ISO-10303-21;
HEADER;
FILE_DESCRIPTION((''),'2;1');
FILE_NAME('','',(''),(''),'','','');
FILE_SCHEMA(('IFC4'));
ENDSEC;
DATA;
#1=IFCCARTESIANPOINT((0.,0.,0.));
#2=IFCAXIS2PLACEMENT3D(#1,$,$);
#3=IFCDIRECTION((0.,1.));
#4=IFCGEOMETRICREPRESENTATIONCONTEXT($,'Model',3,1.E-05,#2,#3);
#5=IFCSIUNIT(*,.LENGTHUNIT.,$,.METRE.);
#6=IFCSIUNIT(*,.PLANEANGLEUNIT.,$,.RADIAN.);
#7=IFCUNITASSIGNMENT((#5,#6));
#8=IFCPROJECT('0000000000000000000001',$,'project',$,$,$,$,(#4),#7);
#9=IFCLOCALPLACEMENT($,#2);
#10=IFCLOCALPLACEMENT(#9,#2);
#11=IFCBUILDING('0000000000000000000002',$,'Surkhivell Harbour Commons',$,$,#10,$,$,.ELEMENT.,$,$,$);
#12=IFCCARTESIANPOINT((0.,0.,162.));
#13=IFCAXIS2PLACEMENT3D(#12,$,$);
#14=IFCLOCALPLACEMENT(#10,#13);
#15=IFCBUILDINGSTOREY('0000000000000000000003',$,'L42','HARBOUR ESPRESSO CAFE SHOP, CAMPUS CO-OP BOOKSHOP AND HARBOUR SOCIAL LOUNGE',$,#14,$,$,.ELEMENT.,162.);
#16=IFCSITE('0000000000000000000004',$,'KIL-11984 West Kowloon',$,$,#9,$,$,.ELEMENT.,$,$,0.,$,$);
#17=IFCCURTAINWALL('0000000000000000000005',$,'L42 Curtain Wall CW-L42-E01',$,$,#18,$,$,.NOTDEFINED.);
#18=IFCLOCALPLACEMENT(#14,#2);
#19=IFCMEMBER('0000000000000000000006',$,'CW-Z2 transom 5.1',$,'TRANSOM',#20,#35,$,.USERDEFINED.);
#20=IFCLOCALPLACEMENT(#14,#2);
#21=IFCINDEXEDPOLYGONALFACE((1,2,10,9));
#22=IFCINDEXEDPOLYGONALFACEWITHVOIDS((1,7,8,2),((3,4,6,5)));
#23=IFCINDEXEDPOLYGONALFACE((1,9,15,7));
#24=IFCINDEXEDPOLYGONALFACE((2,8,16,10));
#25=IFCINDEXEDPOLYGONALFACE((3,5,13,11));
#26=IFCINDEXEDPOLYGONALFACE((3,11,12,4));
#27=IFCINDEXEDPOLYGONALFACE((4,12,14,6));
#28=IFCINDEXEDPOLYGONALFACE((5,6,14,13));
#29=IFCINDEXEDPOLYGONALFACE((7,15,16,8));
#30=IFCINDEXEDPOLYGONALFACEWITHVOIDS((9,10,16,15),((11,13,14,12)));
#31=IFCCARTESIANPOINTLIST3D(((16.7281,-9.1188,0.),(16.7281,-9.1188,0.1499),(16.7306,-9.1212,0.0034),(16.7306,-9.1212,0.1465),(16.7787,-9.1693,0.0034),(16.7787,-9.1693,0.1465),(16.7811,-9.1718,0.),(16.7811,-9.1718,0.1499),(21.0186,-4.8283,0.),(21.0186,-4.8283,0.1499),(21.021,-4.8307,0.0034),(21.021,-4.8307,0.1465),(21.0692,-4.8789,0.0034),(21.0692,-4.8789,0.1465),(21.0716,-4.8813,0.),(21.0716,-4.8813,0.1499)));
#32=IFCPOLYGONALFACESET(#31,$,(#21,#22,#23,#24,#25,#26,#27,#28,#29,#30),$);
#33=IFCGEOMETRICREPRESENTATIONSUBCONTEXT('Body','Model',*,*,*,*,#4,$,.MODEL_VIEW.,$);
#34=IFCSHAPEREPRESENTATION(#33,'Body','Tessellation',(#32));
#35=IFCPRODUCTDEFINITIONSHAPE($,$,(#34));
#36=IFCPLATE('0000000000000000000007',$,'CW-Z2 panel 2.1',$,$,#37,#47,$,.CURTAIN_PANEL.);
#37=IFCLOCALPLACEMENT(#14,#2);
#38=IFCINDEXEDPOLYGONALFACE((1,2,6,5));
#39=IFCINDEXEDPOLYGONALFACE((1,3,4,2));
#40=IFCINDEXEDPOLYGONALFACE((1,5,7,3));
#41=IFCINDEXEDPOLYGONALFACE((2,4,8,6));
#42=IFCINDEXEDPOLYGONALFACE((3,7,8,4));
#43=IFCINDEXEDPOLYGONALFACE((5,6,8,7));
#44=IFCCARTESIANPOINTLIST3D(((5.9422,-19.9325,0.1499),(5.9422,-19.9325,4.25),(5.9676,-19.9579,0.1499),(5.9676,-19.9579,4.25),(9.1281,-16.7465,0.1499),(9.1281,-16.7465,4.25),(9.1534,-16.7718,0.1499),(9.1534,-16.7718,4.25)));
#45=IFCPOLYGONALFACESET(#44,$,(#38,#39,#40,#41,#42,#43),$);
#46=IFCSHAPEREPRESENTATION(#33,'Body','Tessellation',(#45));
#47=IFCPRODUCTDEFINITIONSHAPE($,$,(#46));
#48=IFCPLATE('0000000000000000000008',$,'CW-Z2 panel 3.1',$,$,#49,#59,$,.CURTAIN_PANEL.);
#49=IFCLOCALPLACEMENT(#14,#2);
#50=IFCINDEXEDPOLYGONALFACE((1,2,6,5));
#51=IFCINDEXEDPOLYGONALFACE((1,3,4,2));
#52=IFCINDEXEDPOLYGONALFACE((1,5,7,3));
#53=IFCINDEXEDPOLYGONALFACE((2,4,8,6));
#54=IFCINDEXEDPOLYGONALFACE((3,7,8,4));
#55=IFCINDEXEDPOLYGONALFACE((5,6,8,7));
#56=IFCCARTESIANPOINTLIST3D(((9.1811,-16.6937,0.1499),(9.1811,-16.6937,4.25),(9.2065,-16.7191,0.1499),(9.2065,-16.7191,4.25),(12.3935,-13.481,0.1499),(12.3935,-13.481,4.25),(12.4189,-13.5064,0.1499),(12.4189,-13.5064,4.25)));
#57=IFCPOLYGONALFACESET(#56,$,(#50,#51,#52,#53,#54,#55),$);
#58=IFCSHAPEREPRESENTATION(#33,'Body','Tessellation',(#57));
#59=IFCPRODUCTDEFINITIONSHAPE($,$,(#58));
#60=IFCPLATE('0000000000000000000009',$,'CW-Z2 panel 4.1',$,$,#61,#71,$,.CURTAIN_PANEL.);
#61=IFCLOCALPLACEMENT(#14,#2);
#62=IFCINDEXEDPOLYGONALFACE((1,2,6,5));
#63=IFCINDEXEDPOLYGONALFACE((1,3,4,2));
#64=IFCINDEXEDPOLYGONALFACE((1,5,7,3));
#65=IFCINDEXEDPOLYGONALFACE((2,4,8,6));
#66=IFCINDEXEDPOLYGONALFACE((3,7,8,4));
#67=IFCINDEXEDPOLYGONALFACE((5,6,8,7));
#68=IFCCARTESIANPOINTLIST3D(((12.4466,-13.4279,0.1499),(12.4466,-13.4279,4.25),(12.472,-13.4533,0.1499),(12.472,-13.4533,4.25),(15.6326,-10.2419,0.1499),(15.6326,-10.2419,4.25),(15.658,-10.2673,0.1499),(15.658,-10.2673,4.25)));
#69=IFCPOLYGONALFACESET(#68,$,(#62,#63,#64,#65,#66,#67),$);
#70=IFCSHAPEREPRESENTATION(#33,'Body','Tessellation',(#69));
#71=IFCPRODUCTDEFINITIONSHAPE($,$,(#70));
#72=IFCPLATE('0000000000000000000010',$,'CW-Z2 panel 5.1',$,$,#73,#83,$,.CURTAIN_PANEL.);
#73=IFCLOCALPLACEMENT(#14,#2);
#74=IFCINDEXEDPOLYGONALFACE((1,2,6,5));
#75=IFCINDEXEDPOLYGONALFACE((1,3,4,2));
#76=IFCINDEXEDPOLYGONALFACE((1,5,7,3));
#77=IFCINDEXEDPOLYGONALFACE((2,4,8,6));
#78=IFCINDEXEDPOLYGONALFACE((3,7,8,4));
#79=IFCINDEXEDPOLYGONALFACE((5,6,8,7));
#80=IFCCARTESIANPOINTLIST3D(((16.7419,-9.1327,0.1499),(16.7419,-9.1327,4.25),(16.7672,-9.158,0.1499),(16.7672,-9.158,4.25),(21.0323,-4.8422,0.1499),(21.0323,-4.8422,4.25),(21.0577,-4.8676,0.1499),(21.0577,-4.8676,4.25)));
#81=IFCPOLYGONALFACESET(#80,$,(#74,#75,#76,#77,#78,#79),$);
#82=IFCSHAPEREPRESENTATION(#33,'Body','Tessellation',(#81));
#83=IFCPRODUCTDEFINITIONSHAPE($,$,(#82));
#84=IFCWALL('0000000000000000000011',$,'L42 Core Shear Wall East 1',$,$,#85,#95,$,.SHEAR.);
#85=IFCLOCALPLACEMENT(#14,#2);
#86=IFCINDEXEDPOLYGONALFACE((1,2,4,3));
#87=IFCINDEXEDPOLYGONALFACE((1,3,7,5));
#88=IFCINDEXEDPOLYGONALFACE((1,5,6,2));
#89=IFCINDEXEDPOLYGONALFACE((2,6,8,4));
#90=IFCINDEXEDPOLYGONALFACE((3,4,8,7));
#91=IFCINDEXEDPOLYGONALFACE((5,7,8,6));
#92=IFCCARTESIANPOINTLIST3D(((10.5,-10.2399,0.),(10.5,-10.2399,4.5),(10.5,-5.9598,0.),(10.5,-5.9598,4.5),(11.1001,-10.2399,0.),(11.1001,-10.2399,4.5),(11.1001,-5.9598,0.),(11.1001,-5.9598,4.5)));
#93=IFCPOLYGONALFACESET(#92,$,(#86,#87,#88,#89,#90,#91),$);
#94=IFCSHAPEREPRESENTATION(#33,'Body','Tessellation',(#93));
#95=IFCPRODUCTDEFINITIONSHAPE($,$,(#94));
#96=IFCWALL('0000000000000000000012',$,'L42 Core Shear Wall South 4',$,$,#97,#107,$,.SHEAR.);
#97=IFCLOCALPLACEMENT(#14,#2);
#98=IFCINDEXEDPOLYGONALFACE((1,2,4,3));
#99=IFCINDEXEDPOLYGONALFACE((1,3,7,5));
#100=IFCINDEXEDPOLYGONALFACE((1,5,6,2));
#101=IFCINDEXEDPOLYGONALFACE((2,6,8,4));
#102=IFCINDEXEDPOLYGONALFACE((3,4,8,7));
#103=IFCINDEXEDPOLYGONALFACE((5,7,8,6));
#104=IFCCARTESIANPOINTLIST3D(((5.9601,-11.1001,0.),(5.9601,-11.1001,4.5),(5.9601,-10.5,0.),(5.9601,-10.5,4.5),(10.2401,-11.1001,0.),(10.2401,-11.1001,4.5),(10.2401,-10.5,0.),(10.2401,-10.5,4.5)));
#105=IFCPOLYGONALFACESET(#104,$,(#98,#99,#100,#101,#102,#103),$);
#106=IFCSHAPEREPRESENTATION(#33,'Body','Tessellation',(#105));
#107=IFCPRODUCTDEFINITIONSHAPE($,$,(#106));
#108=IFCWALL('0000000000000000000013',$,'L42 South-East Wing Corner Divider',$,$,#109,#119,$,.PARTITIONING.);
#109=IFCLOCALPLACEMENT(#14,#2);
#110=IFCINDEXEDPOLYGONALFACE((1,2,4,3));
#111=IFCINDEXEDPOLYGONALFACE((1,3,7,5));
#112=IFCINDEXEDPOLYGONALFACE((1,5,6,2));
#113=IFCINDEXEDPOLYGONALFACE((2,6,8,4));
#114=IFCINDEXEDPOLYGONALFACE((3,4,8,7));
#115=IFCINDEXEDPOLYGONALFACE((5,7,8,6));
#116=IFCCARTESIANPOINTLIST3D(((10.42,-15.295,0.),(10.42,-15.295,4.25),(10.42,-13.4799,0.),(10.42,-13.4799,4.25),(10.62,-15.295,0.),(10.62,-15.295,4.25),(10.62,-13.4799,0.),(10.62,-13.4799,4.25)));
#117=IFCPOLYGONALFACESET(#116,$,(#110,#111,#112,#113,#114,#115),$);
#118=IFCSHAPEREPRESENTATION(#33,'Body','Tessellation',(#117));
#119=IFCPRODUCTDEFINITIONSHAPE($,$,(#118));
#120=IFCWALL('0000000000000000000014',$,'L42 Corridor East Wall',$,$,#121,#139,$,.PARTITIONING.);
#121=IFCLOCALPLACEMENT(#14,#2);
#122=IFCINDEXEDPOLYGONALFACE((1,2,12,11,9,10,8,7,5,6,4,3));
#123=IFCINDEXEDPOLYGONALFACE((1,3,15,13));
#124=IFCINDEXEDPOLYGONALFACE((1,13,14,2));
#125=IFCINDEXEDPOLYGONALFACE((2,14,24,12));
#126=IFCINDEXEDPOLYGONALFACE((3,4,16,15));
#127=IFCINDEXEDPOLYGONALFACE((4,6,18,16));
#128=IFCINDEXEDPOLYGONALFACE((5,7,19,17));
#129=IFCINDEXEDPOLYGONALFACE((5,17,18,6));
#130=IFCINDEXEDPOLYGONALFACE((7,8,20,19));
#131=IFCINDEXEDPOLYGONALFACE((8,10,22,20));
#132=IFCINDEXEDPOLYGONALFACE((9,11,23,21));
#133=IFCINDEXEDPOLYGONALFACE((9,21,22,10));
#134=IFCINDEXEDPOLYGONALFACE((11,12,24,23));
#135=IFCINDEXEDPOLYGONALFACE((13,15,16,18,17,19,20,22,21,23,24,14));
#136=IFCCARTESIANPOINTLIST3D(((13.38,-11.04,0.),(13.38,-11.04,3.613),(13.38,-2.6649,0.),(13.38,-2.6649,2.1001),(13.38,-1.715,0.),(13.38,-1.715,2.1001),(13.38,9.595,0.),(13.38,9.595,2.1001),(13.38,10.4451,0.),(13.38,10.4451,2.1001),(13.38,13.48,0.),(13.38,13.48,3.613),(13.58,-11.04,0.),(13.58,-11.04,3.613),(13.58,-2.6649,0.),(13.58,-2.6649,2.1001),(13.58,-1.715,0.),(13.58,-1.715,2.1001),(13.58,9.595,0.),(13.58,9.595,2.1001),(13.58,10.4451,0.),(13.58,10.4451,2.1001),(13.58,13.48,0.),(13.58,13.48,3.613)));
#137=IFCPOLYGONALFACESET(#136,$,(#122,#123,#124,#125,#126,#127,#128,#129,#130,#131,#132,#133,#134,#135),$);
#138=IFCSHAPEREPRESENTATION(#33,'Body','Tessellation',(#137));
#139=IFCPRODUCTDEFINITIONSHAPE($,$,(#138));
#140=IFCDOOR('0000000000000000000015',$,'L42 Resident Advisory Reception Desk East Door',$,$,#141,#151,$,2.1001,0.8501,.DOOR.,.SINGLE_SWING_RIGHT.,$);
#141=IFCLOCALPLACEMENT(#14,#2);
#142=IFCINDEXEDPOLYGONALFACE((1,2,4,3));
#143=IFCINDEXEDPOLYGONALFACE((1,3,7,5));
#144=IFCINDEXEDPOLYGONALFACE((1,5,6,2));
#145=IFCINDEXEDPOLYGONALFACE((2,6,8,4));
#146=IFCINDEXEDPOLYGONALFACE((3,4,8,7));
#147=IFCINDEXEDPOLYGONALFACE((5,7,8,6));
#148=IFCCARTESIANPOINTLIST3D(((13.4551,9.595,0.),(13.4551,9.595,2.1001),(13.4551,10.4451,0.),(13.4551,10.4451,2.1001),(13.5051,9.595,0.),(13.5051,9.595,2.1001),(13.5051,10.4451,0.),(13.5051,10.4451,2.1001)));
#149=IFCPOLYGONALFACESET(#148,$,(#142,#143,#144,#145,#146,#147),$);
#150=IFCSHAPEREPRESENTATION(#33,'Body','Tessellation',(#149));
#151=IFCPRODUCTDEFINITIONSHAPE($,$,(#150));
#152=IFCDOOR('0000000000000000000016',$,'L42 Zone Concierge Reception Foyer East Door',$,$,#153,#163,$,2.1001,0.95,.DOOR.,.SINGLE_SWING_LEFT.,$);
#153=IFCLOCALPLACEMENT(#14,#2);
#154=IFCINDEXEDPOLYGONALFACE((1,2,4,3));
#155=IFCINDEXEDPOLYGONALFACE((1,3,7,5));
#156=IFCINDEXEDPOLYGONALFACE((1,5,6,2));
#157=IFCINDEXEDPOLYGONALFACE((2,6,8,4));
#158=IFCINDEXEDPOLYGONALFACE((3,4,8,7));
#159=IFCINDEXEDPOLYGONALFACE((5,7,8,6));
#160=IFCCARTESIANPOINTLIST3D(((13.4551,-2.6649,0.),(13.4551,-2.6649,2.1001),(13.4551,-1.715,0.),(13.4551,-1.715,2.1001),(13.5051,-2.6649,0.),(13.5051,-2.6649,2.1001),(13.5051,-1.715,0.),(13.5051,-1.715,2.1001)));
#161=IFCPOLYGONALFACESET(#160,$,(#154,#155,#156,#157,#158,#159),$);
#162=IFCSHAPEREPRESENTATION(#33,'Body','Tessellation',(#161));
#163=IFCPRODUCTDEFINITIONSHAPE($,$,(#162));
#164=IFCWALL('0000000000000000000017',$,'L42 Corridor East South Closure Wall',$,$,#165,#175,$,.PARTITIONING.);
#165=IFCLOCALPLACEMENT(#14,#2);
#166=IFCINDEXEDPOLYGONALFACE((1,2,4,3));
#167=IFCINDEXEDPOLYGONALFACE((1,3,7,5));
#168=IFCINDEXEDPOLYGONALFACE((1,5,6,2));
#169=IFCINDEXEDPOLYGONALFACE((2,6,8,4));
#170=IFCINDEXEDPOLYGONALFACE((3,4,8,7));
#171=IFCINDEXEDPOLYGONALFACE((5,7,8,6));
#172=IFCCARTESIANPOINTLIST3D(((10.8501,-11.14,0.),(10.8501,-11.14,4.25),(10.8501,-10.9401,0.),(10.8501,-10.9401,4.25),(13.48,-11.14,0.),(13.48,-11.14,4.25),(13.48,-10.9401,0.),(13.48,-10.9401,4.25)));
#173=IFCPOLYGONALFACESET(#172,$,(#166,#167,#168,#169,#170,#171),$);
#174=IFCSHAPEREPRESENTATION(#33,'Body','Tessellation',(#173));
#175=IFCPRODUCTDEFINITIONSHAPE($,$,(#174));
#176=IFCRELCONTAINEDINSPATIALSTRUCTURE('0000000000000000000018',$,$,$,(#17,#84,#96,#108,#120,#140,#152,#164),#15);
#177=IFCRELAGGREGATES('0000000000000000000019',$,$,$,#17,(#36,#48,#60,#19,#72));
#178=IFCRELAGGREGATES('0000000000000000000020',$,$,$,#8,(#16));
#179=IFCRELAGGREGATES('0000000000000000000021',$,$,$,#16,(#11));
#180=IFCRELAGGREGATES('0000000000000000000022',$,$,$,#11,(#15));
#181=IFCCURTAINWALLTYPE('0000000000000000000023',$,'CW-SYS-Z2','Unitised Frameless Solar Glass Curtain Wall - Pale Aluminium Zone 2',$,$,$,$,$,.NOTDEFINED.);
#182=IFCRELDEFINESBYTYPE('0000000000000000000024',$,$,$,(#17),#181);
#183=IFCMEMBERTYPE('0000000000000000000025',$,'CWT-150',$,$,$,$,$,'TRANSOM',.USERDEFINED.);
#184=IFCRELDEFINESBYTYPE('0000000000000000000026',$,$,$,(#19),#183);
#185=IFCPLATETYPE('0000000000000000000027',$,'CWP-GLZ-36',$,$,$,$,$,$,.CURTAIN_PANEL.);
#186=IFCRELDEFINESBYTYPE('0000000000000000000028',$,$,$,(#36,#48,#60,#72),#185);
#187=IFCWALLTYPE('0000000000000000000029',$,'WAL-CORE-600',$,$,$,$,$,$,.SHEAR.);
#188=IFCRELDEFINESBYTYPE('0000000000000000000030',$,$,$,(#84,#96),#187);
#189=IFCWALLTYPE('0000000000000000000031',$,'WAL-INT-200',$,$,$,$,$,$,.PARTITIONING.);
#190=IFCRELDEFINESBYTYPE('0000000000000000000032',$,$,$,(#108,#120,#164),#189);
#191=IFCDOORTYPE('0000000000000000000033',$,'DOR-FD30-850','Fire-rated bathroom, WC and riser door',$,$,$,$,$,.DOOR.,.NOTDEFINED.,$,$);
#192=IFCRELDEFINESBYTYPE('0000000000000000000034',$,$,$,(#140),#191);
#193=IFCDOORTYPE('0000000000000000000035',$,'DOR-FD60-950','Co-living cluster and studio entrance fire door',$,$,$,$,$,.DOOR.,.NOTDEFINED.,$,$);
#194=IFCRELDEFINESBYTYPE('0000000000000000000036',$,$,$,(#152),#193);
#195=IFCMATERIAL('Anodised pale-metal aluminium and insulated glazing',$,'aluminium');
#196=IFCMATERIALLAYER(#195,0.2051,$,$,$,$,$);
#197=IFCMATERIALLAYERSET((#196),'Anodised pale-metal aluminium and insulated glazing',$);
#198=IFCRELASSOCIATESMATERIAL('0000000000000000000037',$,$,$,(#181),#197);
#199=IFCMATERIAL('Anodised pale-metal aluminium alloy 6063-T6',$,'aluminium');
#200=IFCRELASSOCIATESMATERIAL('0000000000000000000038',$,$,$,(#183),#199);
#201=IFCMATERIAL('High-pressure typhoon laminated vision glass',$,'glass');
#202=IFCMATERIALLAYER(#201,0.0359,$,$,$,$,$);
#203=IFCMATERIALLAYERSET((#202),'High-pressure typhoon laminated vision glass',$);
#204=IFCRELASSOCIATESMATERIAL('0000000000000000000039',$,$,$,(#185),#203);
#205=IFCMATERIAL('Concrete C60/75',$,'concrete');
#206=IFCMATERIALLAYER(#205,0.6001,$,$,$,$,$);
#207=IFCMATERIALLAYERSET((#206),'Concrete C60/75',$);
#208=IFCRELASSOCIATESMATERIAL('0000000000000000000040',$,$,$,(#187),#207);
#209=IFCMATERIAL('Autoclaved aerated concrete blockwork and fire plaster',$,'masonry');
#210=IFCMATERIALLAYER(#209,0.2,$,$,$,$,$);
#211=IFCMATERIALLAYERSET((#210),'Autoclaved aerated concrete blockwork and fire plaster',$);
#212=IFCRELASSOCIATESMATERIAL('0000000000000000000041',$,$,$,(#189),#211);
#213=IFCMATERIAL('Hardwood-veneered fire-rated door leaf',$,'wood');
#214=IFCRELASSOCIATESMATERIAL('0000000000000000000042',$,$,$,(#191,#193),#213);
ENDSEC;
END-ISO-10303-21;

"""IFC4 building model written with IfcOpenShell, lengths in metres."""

from ifc_helpers import new_model, si_unit, direction, frame, frame_2d, origin, origin_2d, place, context, subcontext, project, spatial, rectangle, hollow_rectangle, extrude, material, layer, layer_set, material_profile, profile_set, type_object, element, fill, aggregate, save


model = new_model("IFC4")

# Units and contexts
model_context = context("Model", 3, precision=1e-05, world=origin(), true_north=direction((0.0, 1.0)))
body_context = subcontext(model_context, "Body", "Model", "MODEL_VIEW")
ifc_project = project(units=[si_unit("LENGTHUNIT", "METRE"), si_unit("PLANEANGLEUNIT", "RADIAN")], contexts=[model_context])

# Site, building, storey
site_placement = place(None, origin())
site = spatial("IfcSite", under=ifc_project, at=site_placement, Name="KIL-11984 West Kowloon", CompositionType="ELEMENT", RefElevation=0.0)
building_placement = place(site_placement, origin())
building = spatial("IfcBuilding", under=site, at=building_placement, Name="Surkhivell Harbour Commons", CompositionType="ELEMENT")
storey_placement = place(building_placement, frame((0.0, 0.0, 162.0)))
storey = spatial("IfcBuildingStorey", under=building, at=storey_placement, Name="L42", Description="HARBOUR ESPRESSO CAFE SHOP, CAMPUS CO-OP BOOKSHOP AND HARBOUR SOCIAL LOUNGE", CompositionType="ELEMENT", Elevation=162.0)

# Shared definitions
ifc_material_1 = material(Name="Concrete C60/75", Category="concrete")

# Curtain wall, member, plates
ifc_material_2 = material(Name="Anodised pale-metal aluminium and insulated glazing", Category="aluminium")
ifc_layer_1 = layer(ifc_material_2, 0.2051)
ifc_layer_set_1 = layer_set([ifc_layer_1], Name="Anodised pale-metal aluminium and insulated glazing")
curtain_wall_type = type_object("IfcCurtainWallType", Name="CW-SYS-Z2", Description="Unitised Frameless Solar Glass Curtain Wall - Pale Aluminium Zone 2", PredefinedType="NOTDEFINED", material=ifc_layer_set_1)
curtain_wall_placement = place(storey_placement, origin())
curtain_wall = element("IfcCurtainWall", 1, at=curtain_wall_placement, inside=storey, type_object=curtain_wall_type, Name="L42 Curtain Wall CW-L42-E01", PredefinedType="NOTDEFINED")
ifc_material_3 = material(Name="Anodised pale-metal aluminium alloy 6063-T6", Category="aluminium")
ifc_material_profile_1 = material_profile(ifc_material_3, hollow_rectangle(XDim=0.075, YDim=0.1499, WallThickness=0.0034, at=origin_2d()), Name="ALU-TRAN-75x150")
ifc_profile_set_1 = profile_set([ifc_material_profile_1], Name="Anodised pale-metal aluminium alloy 6063-T6")
member_type_1 = type_object("IfcMemberType", Name="CWT-150", ElementType="TRANSOM", PredefinedType="USERDEFINED", material=ifc_profile_set_1)
member_1_placement = place(storey_placement, frame((16.7546, -9.1453, 0.075), z_axis=(0.707107, 0.707107, 0.0), x_axis=(-0.707107, 0.707107, 0.0)))
member_1 = element("IfcMember", 2, at=member_1_placement, type_object=member_type_1, Name="CW-Z2 transom 5.1", ObjectType="TRANSOM", PredefinedType="USERDEFINED", context=body_context, shape_type="SweptSolid", body=[
    extrude(hollow_rectangle(XDim=0.075, YDim=0.1499, WallThickness=0.0034, at=origin_2d()), origin(), (0.0, 0.0, 1.0), 6.0676),
])
ifc_material_4 = material(Name="High-pressure typhoon laminated vision glass", Category="glass")
ifc_layer_2 = layer(ifc_material_4, 0.0359)
ifc_layer_set_2 = layer_set([ifc_layer_2], Name="High-pressure typhoon laminated vision glass")
plate_type = type_object("IfcPlateType", Name="CWP-GLZ-36", PredefinedType="CURTAIN_PANEL", material=ifc_layer_set_2)
plate_1_placement = place(storey_placement, frame((5.9548, -19.9453, 0.1499), z_axis=(0.0, 0.0, 1.0), x_axis=(0.70708, 0.707134, 0.0)))
plate_1 = element("IfcPlate", 3, at=plate_1_placement, type_object=plate_type, Name="CW-Z2 panel 2.1", PredefinedType="CURTAIN_PANEL", context=body_context, shape_type="SweptSolid", body=[
    extrude(rectangle(XDim=4.5056, YDim=0.0359, at=frame_2d((2.2529, 0.0))), origin(), (0.0, 0.0, 1.0), 4.1001),
])
plate_2_placement = place(storey_placement, frame((9.1938, -16.7063, 0.1499), z_axis=(0.0, 0.0, 1.0), x_axis=(0.70708, 0.707134, 0.0)))
plate_2 = element("IfcPlate", 4, at=plate_2_placement, type_object=plate_type, Name="CW-Z2 panel 3.1", PredefinedType="CURTAIN_PANEL", context=body_context, shape_type="SweptSolid", body=[
    extrude(rectangle(XDim=4.5432, YDim=0.0359, at=frame_2d((2.2715, 0.0))), origin(), (0.0, 0.0, 1.0), 4.1001),
])
plate_3_placement = place(storey_placement, frame((12.4592, -13.4407, 0.1499), z_axis=(0.0, 0.0, 1.0), x_axis=(0.707107, 0.707107, 0.0)))
plate_3 = element("IfcPlate", 5, at=plate_3_placement, type_object=plate_type, Name="CW-Z2 panel 4.1", PredefinedType="CURTAIN_PANEL", context=body_context, shape_type="SweptSolid", body=[
    extrude(rectangle(XDim=4.5056, YDim=0.0359, at=frame_2d((2.2529, 0.0))), origin(), (0.0, 0.0, 1.0), 4.1001),
])
plate_4_placement = place(storey_placement, frame((16.7546, -9.1453, 0.1499), z_axis=(0.0, 0.0, 1.0), x_axis=(0.707107, 0.707107, 0.0)))
plate_4 = element("IfcPlate", 6, at=plate_4_placement, type_object=plate_type, Name="CW-Z2 panel 5.1", PredefinedType="CURTAIN_PANEL", context=body_context, shape_type="SweptSolid", body=[
    extrude(rectangle(XDim=6.0676, YDim=0.0359, at=frame_2d((3.0337, 0.0))), origin(), (0.0, 0.0, 1.0), 4.1001),
])
aggregate(curtain_wall, [plate_1, plate_2, plate_3, member_1, plate_4])

# Walls
ifc_layer_3 = layer(ifc_material_1, 0.6001)
ifc_layer_set_3 = layer_set([ifc_layer_3], Name="Concrete C60/75")
wall_type_1 = type_object("IfcWallType", Name="WAL-CORE-600", PredefinedType="SHEAR", material=ifc_layer_set_3)
for number, where, z_axis, x_axis, name in (
    (7, (10.8, -10.24, 0.0), (0.0, 0.0, 1.0), (0.0, 1.0, 0.0), "L42 Core Shear Wall East 1"),
    (8, (5.96, -10.8, 0.0), (0.0, 0.0, 1.0), (1.0, 0.0, 0.0), "L42 Core Shear Wall South 4"),
):
    element("IfcWall", number, at=place(storey_placement, frame(where, z_axis=z_axis, x_axis=x_axis)), inside=storey, type_object=wall_type_1, Name=name, PredefinedType="SHEAR", context=body_context, shape_type="SweptSolid", body=[
        extrude(rectangle(XDim=4.28, YDim=0.6001, at=frame_2d((2.1401, 0.0))), origin(), (0.0, 0.0, 1.0), 4.5),
    ])
ifc_material_5 = material(Name="Autoclaved aerated concrete blockwork and fire plaster", Category="masonry")
ifc_layer_4 = layer(ifc_material_5, 0.2)
ifc_layer_set_4 = layer_set([ifc_layer_4], Name="Autoclaved aerated concrete blockwork and fire plaster")
wall_type_2 = type_object("IfcWallType", Name="WAL-INT-200", PredefinedType="PARTITIONING", material=ifc_layer_set_4)
wall_1_placement = place(storey_placement, frame((10.52, -15.2952, 0.0), z_axis=(0.0, 0.0, 1.0), x_axis=(0.0, 1.0, 0.0)))
element("IfcWall", 9, at=wall_1_placement, inside=storey, type_object=wall_type_2, Name="L42 South-East Wing Corner Divider", PredefinedType="PARTITIONING", context=body_context, shape_type="SweptSolid", body=[
    extrude(rectangle(XDim=1.8152, YDim=0.2, at=frame_2d((0.9077, 0.0))), origin(), (0.0, 0.0, 1.0), 4.25),
])

# Wall, openings, doors
wall_2_placement = place(storey_placement, frame((13.48, -11.04, 0.0), z_axis=(0.0, 0.0, 1.0), x_axis=(0.0, 1.0, 0.0)))
wall_2 = element("IfcWall", 10, at=wall_2_placement, inside=storey, type_object=wall_type_2, Name="L42 Corridor East Wall", PredefinedType="PARTITIONING", context=body_context, shape_type="SweptSolid", body=[
    extrude(rectangle(XDim=24.52, YDim=0.2, at=frame_2d((12.26, 0.0))), origin(), (0.0, 0.0, 1.0), 3.613),
])
opening_1_placement = place(wall_2_placement, frame((8.375, 0.0, 0.0)))
opening_1 = element("IfcOpeningElement", 11, at=opening_1_placement, cuts=wall_2, PredefinedType="OPENING", context=body_context, shape_type="SweptSolid", body=[
    extrude(rectangle(XDim=0.95, YDim=2.1001, at=frame_2d((0.4751, 1.05))), frame((0.0, 0.1099, 0.0), z_axis=(0.0, -1.0, 0.0), x_axis=(1.0, 0.0, 0.0)), (0.0, 0.0, 1.0), 0.22),
])
opening_2_placement = place(wall_2_placement, frame((20.635, 0.0, 0.0)))
opening_2 = element("IfcOpeningElement", 12, at=opening_2_placement, cuts=wall_2, PredefinedType="OPENING", context=body_context, shape_type="SweptSolid", body=[
    extrude(rectangle(XDim=0.8501, YDim=2.1001, at=frame_2d((0.425, 1.05))), frame((0.0, 0.1099, 0.0), z_axis=(0.0, -1.0, 0.0), x_axis=(1.0, 0.0, 0.0)), (0.0, 0.0, 1.0), 0.22),
])
ifc_material_6 = material(Name="Hardwood-veneered fire-rated door leaf", Category="wood")
door_type_1 = type_object("IfcDoorType", Name="DOR-FD30-850", Description="Fire-rated bathroom, WC and riser door", OperationType="NOTDEFINED", PredefinedType="DOOR", material=ifc_material_6)
door_1_placement = place(opening_2_placement, origin())
door_1 = element("IfcDoor", 13, at=door_1_placement, inside=storey, type_object=door_type_1, Name="L42 Resident Advisory Reception Desk East Door", OperationType="SINGLE_SWING_RIGHT", OverallHeight=2.1001, OverallWidth=0.8501, PredefinedType="DOOR", context=body_context, shape_type="SweptSolid", body=[
    extrude(rectangle(XDim=0.8501, YDim=2.1001, at=frame_2d((0.425, 1.05))), frame((0.0, 0.0249, 0.0), z_axis=(0.0, -1.0, 0.0), x_axis=(1.0, 0.0, 0.0)), (0.0, 0.0, 1.0), 0.05),
])
fill(opening_2, door_1)
door_type_2 = type_object("IfcDoorType", Name="DOR-FD60-950", Description="Co-living cluster and studio entrance fire door", OperationType="NOTDEFINED", PredefinedType="DOOR", material=ifc_material_6)
door_2_placement = place(opening_1_placement, origin())
door_2 = element("IfcDoor", 14, at=door_2_placement, inside=storey, type_object=door_type_2, Name="L42 Zone Concierge Reception Foyer East Door", OperationType="SINGLE_SWING_LEFT", OverallHeight=2.1001, OverallWidth=0.95, PredefinedType="DOOR", context=body_context, shape_type="SweptSolid", body=[
    extrude(rectangle(XDim=0.95, YDim=2.1001, at=frame_2d((0.4751, 1.05))), frame((0.0, 0.0249, 0.0), z_axis=(0.0, -1.0, 0.0), x_axis=(1.0, 0.0, 0.0)), (0.0, 0.0, 1.0), 0.05),
])
fill(opening_1, door_2)

# Wall
wall_3_placement = place(storey_placement, frame((10.8501, -11.04, 0.0), z_axis=(0.0, 0.0, 1.0), x_axis=(1.0, 0.0, 0.0)))
element("IfcWall", 15, at=wall_3_placement, inside=storey, type_object=wall_type_2, Name="L42 Corridor East South Closure Wall", PredefinedType="PARTITIONING", context=body_context, shape_type="SweptSolid", body=[
    extrude(rectangle(XDim=2.6299, YDim=0.2, at=frame_2d((1.3149, 0.0))), origin(), (0.0, 0.0, 1.0), 4.25),
])

save(model, "model.ifc")
